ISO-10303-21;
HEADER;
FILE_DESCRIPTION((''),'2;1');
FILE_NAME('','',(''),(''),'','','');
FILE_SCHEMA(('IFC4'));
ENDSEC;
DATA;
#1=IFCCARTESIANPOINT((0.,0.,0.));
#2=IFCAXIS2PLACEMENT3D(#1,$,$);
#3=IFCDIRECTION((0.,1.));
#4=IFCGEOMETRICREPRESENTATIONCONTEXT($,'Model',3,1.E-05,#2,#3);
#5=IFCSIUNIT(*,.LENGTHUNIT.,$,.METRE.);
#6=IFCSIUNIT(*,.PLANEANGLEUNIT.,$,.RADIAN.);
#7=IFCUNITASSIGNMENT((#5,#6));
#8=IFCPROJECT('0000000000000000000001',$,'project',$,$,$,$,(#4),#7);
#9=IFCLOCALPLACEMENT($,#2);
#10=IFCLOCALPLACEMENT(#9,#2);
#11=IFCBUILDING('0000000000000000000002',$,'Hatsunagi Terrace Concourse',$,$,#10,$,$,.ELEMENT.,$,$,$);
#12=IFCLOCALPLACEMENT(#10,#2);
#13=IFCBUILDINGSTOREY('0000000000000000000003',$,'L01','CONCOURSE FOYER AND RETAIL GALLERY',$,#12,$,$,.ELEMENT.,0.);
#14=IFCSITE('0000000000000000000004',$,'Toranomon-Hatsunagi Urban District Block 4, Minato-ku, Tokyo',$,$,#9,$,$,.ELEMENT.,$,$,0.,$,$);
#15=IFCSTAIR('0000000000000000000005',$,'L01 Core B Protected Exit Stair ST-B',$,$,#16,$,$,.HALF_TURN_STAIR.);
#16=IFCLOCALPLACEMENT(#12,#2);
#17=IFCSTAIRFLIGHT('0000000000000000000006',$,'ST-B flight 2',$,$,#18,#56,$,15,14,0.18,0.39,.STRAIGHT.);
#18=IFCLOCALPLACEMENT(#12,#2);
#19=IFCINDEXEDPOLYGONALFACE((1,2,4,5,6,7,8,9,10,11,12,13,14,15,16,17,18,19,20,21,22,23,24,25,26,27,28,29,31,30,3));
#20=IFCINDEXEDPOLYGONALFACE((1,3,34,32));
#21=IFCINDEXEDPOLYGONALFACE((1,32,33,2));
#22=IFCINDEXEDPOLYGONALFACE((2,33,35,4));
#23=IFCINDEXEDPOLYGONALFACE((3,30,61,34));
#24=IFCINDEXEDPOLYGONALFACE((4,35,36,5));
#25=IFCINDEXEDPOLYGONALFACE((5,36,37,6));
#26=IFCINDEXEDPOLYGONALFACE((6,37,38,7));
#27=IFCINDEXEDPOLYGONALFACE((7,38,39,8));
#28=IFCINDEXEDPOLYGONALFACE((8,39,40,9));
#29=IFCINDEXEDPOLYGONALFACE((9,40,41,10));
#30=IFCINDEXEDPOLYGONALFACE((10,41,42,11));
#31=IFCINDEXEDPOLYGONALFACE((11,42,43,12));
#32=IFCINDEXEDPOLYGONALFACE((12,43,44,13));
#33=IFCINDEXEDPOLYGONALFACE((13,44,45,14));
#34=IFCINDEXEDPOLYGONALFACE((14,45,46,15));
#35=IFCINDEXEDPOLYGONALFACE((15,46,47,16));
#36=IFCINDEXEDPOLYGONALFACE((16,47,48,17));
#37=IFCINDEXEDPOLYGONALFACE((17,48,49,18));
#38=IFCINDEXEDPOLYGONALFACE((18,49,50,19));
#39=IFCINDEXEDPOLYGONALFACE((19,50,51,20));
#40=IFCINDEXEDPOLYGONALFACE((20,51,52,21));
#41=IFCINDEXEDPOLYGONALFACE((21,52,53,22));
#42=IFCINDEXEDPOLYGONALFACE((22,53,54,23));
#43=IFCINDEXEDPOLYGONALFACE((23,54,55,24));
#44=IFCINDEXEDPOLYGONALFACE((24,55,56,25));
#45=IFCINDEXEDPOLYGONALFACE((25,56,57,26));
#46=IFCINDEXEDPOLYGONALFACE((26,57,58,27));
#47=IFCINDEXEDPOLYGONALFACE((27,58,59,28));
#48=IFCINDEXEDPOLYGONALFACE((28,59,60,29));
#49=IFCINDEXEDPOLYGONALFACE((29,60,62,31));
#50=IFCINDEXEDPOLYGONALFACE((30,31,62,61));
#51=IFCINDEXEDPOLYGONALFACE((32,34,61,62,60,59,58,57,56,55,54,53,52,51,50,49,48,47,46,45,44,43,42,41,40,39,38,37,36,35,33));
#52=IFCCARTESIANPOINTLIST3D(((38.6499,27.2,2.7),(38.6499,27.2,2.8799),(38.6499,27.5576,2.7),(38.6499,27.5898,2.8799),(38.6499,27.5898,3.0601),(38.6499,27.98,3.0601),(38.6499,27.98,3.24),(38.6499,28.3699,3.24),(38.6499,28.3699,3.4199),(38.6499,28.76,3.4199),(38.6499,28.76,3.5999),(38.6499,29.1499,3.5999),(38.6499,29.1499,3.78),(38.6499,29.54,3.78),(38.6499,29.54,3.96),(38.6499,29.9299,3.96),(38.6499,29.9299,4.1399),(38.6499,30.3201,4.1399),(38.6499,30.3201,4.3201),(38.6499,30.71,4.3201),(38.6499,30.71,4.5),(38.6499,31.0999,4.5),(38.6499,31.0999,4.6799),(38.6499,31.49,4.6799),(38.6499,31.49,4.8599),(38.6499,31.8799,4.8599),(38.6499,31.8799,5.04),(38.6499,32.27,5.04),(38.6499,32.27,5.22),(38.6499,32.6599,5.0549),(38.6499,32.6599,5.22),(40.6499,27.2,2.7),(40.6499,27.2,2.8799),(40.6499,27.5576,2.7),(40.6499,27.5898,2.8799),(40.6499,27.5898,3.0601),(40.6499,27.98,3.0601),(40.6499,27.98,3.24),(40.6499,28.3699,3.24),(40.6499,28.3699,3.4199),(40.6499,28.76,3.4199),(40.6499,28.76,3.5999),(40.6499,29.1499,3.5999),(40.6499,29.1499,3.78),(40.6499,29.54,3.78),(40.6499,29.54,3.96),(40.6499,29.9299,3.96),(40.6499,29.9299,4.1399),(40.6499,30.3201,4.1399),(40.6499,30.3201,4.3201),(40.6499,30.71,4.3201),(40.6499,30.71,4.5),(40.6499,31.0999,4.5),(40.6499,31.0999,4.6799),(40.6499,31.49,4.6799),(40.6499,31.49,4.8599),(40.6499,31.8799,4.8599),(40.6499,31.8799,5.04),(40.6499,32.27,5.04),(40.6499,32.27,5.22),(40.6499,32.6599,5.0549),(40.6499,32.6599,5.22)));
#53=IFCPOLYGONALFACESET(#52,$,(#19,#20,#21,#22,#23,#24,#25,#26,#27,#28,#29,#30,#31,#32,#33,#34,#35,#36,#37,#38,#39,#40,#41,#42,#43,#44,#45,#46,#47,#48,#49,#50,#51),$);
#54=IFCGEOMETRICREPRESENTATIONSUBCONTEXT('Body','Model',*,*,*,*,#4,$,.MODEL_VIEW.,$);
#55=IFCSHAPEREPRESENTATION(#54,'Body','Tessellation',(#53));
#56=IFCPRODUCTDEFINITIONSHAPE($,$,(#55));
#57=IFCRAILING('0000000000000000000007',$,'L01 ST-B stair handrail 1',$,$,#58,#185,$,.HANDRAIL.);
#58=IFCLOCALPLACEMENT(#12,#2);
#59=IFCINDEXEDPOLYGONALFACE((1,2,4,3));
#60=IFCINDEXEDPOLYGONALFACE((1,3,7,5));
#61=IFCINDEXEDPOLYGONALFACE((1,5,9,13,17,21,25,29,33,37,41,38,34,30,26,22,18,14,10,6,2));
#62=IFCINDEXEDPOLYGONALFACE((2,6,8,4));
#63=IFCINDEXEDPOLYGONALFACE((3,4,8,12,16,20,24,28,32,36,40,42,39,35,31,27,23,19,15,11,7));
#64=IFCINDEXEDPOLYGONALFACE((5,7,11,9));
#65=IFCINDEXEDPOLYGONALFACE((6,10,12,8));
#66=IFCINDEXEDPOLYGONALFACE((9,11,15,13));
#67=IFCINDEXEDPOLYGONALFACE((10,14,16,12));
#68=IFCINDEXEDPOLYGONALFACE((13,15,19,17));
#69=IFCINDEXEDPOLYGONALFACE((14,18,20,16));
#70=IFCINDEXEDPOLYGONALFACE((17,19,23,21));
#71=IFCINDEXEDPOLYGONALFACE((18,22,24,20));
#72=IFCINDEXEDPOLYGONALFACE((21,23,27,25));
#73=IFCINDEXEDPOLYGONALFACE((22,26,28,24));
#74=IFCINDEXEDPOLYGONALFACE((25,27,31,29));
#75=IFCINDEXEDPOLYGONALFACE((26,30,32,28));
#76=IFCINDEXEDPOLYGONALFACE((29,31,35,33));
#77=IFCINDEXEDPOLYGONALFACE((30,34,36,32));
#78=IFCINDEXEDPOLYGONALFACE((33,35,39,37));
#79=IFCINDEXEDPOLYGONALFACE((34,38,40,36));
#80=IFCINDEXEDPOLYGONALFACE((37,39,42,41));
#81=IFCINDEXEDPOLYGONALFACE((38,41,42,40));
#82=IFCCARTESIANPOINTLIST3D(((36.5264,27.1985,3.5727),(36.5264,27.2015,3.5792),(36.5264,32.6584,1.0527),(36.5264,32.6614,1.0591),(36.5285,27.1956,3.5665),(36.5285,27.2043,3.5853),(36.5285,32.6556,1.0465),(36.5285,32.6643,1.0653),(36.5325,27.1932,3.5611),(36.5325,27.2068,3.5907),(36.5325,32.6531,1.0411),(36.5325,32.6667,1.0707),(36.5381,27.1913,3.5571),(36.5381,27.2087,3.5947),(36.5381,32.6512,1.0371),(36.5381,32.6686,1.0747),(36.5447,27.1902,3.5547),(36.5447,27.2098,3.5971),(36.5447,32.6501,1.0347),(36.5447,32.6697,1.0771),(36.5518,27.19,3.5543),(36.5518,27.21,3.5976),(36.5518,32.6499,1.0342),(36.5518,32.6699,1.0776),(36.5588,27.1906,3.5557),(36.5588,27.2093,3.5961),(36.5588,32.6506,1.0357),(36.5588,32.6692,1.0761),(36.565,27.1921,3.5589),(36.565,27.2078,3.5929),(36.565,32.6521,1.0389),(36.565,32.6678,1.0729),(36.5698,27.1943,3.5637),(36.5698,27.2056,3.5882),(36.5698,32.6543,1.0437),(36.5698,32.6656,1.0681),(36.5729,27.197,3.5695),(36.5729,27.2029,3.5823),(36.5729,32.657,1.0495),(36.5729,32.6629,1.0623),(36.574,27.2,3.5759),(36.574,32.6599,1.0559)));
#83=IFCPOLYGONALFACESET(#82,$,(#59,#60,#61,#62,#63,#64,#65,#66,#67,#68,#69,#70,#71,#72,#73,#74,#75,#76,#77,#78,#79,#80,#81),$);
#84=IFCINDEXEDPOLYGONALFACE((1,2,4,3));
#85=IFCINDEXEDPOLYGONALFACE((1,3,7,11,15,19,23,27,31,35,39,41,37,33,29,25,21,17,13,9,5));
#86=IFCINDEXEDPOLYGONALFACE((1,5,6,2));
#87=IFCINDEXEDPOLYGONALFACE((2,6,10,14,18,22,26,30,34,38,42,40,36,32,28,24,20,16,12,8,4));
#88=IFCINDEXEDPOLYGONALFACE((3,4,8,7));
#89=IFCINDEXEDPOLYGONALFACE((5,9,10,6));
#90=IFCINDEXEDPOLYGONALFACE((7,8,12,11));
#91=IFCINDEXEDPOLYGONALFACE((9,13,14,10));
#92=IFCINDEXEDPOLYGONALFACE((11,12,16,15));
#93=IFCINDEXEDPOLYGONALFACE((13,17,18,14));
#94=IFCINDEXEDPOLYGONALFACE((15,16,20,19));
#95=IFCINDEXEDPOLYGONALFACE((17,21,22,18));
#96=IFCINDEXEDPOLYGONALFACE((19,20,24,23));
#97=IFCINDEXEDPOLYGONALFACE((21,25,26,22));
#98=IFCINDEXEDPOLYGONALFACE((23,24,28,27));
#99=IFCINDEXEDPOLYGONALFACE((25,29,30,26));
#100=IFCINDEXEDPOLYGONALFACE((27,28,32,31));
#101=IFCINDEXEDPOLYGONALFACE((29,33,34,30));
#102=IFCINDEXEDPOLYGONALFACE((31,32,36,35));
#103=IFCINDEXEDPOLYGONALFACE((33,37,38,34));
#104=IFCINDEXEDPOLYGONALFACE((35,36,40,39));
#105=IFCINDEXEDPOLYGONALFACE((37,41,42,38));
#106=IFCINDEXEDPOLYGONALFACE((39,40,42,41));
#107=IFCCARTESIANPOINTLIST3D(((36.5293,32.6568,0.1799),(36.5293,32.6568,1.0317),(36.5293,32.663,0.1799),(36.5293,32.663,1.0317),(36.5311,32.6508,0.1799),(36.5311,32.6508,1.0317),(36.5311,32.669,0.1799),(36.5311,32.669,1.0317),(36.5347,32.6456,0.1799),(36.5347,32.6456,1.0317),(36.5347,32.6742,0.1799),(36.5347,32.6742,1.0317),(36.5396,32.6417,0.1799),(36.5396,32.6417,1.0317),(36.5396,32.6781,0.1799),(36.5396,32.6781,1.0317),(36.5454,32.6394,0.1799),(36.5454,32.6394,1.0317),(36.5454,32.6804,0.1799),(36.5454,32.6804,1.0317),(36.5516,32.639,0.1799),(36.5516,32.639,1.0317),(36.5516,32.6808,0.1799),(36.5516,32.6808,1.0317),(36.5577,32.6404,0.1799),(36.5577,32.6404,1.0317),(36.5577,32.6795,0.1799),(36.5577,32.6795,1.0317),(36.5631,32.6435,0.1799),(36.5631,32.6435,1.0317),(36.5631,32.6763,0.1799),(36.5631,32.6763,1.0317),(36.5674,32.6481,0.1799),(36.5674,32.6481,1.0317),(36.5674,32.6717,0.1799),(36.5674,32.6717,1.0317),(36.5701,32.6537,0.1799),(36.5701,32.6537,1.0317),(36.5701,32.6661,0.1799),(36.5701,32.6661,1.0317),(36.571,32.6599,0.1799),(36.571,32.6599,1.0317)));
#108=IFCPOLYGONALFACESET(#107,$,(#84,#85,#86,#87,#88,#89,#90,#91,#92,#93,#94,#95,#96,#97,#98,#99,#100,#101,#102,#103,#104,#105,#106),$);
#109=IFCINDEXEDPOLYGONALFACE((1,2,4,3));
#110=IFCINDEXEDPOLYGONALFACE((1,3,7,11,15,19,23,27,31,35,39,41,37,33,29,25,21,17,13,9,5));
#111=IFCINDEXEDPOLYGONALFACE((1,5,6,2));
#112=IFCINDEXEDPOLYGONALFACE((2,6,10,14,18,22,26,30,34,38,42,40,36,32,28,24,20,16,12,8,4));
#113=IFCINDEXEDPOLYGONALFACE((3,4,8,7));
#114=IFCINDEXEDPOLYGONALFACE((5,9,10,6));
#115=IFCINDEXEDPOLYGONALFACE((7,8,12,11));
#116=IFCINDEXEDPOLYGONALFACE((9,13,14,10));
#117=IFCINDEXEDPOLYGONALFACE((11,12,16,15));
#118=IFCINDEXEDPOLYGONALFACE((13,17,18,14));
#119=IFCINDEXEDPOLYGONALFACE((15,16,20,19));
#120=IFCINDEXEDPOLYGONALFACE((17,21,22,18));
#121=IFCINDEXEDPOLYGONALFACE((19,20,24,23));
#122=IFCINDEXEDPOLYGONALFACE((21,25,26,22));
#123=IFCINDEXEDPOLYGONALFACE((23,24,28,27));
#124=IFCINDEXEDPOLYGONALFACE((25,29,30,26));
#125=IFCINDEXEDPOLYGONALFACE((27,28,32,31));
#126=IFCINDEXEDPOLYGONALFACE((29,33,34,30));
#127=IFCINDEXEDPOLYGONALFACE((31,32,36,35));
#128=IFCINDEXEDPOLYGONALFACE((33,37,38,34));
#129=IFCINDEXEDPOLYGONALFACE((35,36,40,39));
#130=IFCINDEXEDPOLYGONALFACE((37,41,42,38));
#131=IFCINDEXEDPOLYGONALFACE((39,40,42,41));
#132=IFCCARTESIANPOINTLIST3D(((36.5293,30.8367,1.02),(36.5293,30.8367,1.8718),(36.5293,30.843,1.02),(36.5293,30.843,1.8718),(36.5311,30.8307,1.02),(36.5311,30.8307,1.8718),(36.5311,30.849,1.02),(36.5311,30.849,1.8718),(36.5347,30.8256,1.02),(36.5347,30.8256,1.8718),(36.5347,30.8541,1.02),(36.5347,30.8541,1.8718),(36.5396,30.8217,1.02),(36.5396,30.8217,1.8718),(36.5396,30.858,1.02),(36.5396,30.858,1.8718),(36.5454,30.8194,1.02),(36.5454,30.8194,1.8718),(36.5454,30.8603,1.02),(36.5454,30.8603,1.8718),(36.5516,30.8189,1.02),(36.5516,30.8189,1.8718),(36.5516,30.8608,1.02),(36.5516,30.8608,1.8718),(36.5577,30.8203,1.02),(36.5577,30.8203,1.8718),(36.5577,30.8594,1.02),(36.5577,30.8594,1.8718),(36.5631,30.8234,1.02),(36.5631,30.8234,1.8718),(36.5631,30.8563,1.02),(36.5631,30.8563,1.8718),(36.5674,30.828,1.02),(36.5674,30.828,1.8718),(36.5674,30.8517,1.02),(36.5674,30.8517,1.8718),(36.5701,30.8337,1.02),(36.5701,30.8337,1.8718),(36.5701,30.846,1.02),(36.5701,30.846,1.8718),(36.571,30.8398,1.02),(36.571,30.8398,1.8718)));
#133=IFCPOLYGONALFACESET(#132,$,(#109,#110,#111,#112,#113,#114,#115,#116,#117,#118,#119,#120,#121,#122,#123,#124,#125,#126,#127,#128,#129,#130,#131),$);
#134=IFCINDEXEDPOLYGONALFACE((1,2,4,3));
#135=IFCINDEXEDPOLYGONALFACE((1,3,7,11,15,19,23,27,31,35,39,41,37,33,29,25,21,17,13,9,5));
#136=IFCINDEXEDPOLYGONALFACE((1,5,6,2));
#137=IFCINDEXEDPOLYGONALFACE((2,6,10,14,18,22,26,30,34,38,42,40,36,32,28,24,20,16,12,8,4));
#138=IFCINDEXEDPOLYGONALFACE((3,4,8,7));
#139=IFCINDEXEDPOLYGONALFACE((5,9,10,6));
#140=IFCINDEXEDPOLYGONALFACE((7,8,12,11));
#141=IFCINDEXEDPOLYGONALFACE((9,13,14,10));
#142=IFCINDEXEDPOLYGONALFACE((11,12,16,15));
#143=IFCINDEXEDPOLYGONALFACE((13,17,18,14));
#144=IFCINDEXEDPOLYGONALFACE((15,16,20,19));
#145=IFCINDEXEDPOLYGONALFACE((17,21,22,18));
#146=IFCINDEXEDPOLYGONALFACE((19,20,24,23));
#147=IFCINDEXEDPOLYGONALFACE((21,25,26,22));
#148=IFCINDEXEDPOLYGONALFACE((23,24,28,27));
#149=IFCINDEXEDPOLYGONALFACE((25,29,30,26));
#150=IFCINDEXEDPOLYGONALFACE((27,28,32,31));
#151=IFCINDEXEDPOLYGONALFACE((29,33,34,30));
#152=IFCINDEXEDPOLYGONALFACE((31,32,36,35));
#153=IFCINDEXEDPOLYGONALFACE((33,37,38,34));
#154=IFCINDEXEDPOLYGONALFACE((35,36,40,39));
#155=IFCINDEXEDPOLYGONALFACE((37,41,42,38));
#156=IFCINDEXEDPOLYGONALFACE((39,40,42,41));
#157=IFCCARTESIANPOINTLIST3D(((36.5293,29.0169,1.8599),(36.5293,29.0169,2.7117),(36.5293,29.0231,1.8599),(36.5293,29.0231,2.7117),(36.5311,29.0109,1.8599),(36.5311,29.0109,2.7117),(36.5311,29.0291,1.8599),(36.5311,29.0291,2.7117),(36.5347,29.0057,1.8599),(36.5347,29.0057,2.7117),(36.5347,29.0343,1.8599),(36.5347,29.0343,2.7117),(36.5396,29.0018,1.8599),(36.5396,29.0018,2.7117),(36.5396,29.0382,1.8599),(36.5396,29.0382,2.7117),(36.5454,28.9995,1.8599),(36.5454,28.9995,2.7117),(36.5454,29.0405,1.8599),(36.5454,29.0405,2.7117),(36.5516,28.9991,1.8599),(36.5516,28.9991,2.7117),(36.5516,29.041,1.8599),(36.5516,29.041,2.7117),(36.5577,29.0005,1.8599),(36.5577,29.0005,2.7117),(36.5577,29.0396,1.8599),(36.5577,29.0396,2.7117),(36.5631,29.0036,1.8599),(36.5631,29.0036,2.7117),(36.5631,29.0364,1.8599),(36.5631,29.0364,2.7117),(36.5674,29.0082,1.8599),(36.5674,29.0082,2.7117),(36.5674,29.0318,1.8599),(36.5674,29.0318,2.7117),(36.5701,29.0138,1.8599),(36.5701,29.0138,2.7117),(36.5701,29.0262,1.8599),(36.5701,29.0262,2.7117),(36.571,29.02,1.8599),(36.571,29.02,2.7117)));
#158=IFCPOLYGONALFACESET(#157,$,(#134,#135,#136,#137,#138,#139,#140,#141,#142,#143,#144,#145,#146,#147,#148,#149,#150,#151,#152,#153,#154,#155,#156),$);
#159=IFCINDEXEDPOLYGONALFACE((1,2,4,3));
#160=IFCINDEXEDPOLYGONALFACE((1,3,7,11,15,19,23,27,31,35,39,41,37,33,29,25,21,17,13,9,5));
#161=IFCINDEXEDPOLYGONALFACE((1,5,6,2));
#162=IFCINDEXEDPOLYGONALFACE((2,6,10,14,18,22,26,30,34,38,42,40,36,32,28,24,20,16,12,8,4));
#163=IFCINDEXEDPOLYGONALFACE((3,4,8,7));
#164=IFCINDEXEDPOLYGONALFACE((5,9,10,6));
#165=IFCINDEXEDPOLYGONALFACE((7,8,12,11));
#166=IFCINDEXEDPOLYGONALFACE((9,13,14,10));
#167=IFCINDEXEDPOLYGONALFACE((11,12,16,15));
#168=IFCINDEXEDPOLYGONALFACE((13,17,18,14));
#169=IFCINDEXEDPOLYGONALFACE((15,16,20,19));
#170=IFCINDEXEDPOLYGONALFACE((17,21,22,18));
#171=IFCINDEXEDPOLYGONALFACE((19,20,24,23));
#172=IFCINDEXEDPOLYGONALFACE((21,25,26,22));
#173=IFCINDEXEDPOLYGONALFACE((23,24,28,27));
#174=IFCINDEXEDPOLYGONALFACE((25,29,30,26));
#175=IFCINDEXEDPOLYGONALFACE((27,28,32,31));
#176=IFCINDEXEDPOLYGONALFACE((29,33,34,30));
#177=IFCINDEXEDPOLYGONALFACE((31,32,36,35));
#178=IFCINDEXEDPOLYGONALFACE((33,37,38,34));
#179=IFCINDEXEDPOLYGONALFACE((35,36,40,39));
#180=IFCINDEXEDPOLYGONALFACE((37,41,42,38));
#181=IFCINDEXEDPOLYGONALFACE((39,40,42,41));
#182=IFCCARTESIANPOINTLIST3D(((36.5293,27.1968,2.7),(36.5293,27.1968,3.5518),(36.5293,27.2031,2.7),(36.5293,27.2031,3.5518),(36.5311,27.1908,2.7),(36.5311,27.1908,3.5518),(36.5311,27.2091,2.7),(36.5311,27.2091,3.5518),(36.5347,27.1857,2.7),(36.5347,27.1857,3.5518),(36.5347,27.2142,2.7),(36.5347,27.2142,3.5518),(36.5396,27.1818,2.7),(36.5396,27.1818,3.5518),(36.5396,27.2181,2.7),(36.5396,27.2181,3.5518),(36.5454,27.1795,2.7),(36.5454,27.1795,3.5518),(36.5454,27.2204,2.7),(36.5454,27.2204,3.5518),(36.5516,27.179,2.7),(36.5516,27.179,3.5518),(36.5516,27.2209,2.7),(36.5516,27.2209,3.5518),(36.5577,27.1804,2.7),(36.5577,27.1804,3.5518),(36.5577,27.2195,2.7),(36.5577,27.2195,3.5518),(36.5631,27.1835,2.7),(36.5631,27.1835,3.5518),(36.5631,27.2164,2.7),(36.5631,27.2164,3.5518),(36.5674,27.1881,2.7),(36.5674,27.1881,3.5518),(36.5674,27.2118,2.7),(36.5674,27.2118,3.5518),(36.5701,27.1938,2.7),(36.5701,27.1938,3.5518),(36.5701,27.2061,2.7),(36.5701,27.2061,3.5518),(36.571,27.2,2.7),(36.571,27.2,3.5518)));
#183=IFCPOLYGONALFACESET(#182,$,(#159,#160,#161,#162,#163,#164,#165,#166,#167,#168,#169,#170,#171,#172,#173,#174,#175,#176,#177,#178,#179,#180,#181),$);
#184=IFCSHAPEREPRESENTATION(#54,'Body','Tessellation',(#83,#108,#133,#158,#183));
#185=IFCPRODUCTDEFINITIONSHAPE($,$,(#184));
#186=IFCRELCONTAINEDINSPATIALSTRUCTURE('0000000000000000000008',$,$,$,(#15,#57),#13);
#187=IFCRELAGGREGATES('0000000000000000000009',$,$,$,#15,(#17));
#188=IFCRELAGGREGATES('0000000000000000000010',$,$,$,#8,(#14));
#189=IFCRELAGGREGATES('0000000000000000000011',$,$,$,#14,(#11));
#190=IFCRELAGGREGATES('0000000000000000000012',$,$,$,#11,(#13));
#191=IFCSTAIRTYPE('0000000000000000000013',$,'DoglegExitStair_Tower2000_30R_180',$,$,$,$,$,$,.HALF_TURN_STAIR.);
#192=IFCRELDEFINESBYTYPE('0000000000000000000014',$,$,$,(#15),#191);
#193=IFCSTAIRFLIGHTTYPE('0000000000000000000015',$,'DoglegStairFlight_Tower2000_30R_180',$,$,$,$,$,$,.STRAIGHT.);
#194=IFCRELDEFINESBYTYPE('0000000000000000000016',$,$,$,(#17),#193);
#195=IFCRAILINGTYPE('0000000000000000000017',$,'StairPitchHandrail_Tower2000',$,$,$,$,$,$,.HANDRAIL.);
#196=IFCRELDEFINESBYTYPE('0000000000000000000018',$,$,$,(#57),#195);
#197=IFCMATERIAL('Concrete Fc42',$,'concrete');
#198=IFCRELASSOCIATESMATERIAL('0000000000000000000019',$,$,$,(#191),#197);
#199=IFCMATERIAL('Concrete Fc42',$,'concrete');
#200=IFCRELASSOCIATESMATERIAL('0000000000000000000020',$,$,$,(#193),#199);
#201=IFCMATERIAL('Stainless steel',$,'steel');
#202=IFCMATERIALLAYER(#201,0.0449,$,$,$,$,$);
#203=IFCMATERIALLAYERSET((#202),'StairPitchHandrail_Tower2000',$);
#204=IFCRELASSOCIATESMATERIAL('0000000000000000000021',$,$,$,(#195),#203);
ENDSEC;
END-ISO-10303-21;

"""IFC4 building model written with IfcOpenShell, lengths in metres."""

from ifc_helpers import new_model, si_unit, direction, frame, origin, origin_2d, place, context, subcontext, project, spatial, polyline, circle, outline, extrude, material, layer, layer_set, type_object, element, aggregate, save


model = new_model("IFC4")

# Units and contexts
model_context = context("Model", 3, precision=1e-05, world=origin(), true_north=direction((0.0, 1.0)))
body_context = subcontext(model_context, "Body", "Model", "MODEL_VIEW")
ifc_project = project(units=[si_unit("LENGTHUNIT", "METRE"), si_unit("PLANEANGLEUNIT", "RADIAN")], contexts=[model_context])

# Site, building, storey
site_placement = place(None, origin())
site = spatial("IfcSite", under=ifc_project, at=site_placement, Name="Toranomon-Hatsunagi Urban District Block 4, Minato-ku, Tokyo", CompositionType="ELEMENT", RefElevation=0.0)
building_placement = place(site_placement, origin())
building = spatial("IfcBuilding", under=site, at=building_placement, Name="Hatsunagi Terrace Concourse", CompositionType="ELEMENT")
storey_placement = place(building_placement, origin())
storey = spatial("IfcBuildingStorey", under=building, at=storey_placement, Name="L01", Description="CONCOURSE FOYER AND RETAIL GALLERY", CompositionType="ELEMENT", Elevation=0.0)

# Stair, stair flight
ifc_material_1 = material(Name="Concrete Fc42", Category="concrete")
stair_type = type_object("IfcStairType", Name="DoglegExitStair_Tower2000_30R_180", PredefinedType="HALF_TURN_STAIR", material=ifc_material_1)
stair_placement = place(storey_placement, origin())
stair = element("IfcStair", 1, at=stair_placement, inside=storey, type_object=stair_type, Name="L01 Core B Protected Exit Stair ST-B", PredefinedType="HALF_TURN_STAIR")
ifc_material_2 = material(Name="Concrete Fc42", Category="concrete")
stair_flight_type = type_object("IfcStairFlightType", Name="DoglegStairFlight_Tower2000_30R_180", PredefinedType="STRAIGHT", material=ifc_material_2)
stair_flight_1_placement = place(storey_placement, frame((39.6499, 27.2, 2.7), z_axis=(0.0, 0.0, 1.0), x_axis=(0.0, 1.0, 0.0)))
stair_flight_1 = element("IfcStairFlight", 2, at=stair_flight_1_placement, type_object=stair_flight_type, Name="ST-B flight 2", NumberOfRisers=15, NumberOfTreads=14, PredefinedType="STRAIGHT", RiserHeight=0.18, TreadLength=0.39, context=body_context, shape_type="SweptSolid", body=[
    extrude(outline(polyline([(0.0, 0.0), (0.0, 0.1799), (0.3899, 0.1799), (0.3899, 0.3601), (0.78, 0.3601), (0.78, 0.54), (1.1699, 0.54), (1.1699, 0.72), (1.5601, 0.72), (1.5601, 0.8999), (1.95, 0.8999), (1.95, 1.0801), (2.3401, 1.0801), (2.3401, 1.26), (2.73, 1.26), (2.73, 1.4399), (3.1201, 1.4399), (3.1201, 1.6201), (3.51, 1.6201), (3.51, 1.8), (3.8999, 1.8), (3.8999, 1.98), (4.29, 1.98), (4.29, 2.1599), (4.6799, 2.1599), (4.6799, 2.3401), (5.0701, 2.3401), (5.0701, 2.52), (5.46, 2.52), (5.46, 2.7), (5.46, 2.355), (0.3577, 0.0), (0.0, 0.0)])), frame((0.0, 1.0, 0.0), z_axis=(0.0, -1.0, 0.0), x_axis=(1.0, 0.0, 0.0)), (0.0, 0.0, 1.0), 2.0),
])
aggregate(stair, [stair_flight_1])

# Railing
ifc_material_3 = material(Name="Stainless steel", Category="steel")
ifc_layer_1 = layer(ifc_material_3, 0.0449)
ifc_layer_set_1 = layer_set([ifc_layer_1], Name="StairPitchHandrail_Tower2000")
railing_type_1 = type_object("IfcRailingType", Name="StairPitchHandrail_Tower2000", PredefinedType="HANDRAIL", material=ifc_layer_set_1)
railing_1_placement = place(storey_placement, frame((36.55, 32.6599, 0.1799)))
element("IfcRailing", 3, at=railing_1_placement, inside=storey, type_object=railing_type_1, Name="L01 ST-B stair handrail 1", PredefinedType="HANDRAIL", context=body_context, shape_type="SweptSolid", body=[
    extrude(circle(Radius=0.0239, at=origin_2d()), frame((0.0, 0.0, 0.876), z_axis=(0.0, -0.907957, 0.419063), x_axis=(1.0, 0.0, 0.0)), (0.0, 0.0, 1.0), 6.0134),
    extrude(circle(Radius=0.021, at=origin_2d()), origin(), (0.0, 0.0, 1.0), 0.8518),
    extrude(circle(Radius=0.021, at=origin_2d()), frame((0.0, -1.8201, 0.8401)), (0.0, 0.0, 1.0), 0.8518),
    extrude(circle(Radius=0.021, at=origin_2d()), frame((0.0, -3.6399, 1.6799)), (0.0, 0.0, 1.0), 0.8518),
    extrude(circle(Radius=0.021, at=origin_2d()), frame((0.0, -5.46, 2.52)), (0.0, 0.0, 1.0), 0.8518),
])

save(model, "model.ifc")
